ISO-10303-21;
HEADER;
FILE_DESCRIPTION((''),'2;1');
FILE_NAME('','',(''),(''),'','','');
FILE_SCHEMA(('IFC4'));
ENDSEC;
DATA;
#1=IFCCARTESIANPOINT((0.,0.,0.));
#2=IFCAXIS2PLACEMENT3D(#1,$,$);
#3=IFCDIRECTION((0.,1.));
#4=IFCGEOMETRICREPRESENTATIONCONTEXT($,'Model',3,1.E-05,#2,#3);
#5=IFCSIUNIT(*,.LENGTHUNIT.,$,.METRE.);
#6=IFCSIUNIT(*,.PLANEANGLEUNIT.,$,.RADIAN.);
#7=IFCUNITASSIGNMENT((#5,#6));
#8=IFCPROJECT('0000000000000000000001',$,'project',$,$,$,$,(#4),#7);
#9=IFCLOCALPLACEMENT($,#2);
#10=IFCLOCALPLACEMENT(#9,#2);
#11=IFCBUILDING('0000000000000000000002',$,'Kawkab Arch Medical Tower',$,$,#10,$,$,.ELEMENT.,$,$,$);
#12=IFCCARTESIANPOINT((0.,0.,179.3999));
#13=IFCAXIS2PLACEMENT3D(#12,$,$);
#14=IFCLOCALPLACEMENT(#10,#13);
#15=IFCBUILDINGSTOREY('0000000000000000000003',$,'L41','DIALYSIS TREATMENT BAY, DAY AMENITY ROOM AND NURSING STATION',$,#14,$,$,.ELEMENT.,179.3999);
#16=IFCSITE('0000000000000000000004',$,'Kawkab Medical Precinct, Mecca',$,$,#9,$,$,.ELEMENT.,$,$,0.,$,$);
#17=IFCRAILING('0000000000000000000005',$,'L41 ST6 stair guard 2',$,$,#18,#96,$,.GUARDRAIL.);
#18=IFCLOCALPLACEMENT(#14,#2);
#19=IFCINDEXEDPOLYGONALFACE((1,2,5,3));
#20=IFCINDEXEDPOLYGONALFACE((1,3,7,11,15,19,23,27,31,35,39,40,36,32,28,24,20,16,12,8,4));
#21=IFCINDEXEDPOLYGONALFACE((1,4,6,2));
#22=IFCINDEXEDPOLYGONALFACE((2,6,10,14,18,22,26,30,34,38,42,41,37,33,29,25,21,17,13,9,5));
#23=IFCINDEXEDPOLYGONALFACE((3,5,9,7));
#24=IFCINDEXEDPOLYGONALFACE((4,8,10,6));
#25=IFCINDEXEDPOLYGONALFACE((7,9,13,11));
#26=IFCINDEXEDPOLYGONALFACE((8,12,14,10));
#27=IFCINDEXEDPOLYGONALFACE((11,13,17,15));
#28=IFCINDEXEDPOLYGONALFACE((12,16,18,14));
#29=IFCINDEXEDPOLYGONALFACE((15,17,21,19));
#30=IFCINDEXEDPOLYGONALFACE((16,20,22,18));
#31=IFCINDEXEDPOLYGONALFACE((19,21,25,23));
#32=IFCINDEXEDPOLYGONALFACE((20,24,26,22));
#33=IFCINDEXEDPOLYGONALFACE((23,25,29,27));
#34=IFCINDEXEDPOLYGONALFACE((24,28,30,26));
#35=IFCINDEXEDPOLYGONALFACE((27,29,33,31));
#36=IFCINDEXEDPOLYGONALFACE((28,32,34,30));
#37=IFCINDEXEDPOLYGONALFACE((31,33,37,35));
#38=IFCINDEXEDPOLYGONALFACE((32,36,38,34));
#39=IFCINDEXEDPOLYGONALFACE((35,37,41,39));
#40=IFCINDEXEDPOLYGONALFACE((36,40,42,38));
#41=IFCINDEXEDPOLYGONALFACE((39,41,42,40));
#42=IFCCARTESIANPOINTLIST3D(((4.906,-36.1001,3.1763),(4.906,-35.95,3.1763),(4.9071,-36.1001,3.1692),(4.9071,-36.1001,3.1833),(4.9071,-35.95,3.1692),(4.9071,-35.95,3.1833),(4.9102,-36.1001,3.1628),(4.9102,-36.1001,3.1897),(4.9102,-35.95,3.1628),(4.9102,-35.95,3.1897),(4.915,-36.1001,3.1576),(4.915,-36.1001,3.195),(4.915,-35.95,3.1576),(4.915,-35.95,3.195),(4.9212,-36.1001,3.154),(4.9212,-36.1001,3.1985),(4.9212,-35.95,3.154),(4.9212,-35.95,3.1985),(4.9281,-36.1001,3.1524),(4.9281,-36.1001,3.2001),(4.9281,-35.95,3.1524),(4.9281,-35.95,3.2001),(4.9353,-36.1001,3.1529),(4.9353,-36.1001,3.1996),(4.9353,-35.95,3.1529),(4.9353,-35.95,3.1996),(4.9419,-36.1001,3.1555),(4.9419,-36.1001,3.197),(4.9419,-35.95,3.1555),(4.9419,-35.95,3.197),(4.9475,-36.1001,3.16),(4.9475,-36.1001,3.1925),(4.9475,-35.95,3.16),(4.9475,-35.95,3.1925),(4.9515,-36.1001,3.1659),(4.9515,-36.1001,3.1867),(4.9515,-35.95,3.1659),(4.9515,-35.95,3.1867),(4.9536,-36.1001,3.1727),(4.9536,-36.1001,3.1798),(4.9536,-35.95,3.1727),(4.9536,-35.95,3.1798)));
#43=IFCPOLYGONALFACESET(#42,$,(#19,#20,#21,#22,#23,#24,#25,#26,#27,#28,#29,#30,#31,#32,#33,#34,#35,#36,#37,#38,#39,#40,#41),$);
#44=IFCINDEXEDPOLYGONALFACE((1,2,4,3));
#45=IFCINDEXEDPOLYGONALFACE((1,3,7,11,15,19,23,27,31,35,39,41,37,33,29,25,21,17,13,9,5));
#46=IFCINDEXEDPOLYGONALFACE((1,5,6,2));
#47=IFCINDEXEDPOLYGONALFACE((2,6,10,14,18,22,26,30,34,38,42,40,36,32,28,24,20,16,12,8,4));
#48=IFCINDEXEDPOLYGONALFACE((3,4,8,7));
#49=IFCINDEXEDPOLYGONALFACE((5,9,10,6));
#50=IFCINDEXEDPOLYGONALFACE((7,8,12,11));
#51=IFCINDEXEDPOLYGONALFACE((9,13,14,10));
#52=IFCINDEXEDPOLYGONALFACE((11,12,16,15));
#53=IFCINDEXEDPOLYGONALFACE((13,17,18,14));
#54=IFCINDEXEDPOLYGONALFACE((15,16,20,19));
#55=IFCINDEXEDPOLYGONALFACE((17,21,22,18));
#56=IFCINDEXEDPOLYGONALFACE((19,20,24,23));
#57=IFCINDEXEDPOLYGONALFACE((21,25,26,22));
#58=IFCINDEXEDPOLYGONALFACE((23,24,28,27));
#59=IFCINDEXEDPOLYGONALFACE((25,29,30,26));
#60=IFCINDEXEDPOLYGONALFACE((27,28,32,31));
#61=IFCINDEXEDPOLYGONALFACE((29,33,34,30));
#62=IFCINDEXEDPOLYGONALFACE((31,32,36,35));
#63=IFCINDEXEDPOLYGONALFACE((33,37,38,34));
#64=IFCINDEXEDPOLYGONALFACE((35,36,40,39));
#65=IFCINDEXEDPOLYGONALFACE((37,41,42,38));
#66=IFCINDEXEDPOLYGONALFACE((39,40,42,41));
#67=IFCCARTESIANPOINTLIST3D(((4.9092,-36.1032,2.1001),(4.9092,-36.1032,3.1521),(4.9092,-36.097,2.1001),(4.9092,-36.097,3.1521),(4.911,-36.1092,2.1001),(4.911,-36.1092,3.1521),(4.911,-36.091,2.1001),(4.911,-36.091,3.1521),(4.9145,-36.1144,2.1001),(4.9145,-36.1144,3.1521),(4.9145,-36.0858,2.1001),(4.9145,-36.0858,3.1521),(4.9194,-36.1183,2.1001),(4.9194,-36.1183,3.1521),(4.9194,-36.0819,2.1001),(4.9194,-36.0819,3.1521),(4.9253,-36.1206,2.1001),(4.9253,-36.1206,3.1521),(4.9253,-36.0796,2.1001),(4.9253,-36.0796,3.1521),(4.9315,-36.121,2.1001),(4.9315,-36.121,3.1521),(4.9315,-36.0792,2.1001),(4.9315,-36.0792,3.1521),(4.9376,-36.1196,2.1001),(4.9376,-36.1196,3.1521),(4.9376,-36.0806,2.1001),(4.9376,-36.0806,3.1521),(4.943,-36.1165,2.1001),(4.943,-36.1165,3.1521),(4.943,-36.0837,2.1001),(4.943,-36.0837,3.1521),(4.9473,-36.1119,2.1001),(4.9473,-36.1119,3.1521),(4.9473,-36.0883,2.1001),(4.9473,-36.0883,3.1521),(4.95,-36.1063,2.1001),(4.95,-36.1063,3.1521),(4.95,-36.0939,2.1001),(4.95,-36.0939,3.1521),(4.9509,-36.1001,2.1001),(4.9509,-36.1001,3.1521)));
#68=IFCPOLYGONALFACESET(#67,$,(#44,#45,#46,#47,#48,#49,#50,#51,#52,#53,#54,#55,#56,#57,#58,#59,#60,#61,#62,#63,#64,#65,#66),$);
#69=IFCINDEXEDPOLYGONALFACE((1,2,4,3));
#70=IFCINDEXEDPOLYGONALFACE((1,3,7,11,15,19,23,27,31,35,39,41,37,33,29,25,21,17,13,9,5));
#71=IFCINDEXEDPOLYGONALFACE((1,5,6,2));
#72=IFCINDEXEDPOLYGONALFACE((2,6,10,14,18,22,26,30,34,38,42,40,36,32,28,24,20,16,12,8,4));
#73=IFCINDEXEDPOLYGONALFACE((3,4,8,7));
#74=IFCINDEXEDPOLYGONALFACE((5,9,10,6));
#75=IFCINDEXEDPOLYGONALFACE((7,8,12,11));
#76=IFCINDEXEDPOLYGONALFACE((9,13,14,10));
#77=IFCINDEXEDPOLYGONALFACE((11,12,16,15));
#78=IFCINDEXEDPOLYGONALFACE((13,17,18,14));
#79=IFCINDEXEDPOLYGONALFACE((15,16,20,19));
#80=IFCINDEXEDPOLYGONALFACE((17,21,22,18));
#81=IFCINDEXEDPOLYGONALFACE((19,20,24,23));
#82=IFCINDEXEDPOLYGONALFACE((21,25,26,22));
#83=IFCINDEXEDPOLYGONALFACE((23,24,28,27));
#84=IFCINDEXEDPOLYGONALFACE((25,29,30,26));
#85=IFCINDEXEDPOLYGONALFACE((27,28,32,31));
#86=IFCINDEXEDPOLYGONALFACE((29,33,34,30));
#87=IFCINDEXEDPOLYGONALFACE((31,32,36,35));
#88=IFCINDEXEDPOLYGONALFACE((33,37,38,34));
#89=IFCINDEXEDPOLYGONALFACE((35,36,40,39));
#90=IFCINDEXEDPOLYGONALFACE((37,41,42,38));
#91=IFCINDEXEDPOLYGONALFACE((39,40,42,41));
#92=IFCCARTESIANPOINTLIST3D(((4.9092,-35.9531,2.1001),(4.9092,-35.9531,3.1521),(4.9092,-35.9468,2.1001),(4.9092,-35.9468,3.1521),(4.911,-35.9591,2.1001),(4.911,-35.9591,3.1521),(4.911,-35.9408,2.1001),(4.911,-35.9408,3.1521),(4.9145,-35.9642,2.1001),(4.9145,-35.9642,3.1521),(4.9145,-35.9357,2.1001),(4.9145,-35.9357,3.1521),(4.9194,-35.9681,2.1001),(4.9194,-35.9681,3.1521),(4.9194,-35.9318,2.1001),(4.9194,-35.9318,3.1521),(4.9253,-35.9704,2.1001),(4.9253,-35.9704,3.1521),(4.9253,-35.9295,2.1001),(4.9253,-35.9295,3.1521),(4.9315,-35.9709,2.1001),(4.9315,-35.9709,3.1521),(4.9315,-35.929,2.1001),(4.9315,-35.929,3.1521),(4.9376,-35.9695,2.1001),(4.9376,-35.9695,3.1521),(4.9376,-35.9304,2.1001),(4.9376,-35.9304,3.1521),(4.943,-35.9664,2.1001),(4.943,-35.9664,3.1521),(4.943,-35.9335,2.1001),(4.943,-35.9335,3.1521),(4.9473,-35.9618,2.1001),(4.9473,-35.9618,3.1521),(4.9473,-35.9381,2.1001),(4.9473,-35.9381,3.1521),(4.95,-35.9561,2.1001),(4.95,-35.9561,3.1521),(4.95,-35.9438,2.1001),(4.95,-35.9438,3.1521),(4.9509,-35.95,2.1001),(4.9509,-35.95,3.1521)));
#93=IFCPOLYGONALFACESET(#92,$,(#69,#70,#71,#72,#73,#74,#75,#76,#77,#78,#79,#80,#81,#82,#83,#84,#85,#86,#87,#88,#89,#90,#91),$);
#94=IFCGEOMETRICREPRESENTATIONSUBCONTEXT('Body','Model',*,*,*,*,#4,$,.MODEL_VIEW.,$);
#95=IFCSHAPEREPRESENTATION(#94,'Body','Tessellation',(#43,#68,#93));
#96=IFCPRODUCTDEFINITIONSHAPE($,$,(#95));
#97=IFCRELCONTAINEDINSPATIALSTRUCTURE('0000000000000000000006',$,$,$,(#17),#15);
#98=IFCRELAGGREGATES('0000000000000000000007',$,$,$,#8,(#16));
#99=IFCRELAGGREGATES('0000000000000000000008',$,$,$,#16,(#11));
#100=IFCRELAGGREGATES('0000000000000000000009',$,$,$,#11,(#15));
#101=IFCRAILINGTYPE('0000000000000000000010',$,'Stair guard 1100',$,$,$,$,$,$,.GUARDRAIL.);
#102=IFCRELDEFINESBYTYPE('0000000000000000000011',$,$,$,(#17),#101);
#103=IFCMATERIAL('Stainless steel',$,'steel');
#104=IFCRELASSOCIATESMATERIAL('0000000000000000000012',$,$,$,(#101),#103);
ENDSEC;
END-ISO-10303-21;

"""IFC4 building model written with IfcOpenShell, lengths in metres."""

from ifc_helpers import new_model, si_unit, direction, frame, origin, origin_2d, place, context, subcontext, project, spatial, circle, extrude, material, type_object, element, save


model = new_model("IFC4")

# Units and contexts
model_context = context("Model", 3, precision=1e-05, world=origin(), true_north=direction((0.0, 1.0)))
body_context = subcontext(model_context, "Body", "Model", "MODEL_VIEW")
ifc_project = project(units=[si_unit("LENGTHUNIT", "METRE"), si_unit("PLANEANGLEUNIT", "RADIAN")], contexts=[model_context])

# Site, building, storey
site_placement = place(None, origin())
site = spatial("IfcSite", under=ifc_project, at=site_placement, Name="Kawkab Medical Precinct, Mecca", CompositionType="ELEMENT", RefElevation=0.0)
building_placement = place(site_placement, origin())
building = spatial("IfcBuilding", under=site, at=building_placement, Name="Kawkab Arch Medical Tower", CompositionType="ELEMENT")
storey_placement = place(building_placement, frame((0.0, 0.0, 179.3999)))
storey = spatial("IfcBuildingStorey", under=building, at=storey_placement, Name="L41", Description="DIALYSIS TREATMENT BAY, DAY AMENITY ROOM AND NURSING STATION", CompositionType="ELEMENT", Elevation=179.3999)

# Railing
ifc_material_1 = material(Name="Stainless steel", Category="steel")
railing_type = type_object("IfcRailingType", Name="Stair guard 1100", PredefinedType="GUARDRAIL", material=ifc_material_1)
railing_1_placement = place(storey_placement, frame((4.9299, -36.1001, 2.1001)))
element("IfcRailing", 1, at=railing_1_placement, inside=storey, type_object=railing_type, Name="L41 ST6 stair guard 2", PredefinedType="GUARDRAIL", context=body_context, shape_type="SweptSolid", body=[
    extrude(circle(Radius=0.0239, at=origin_2d()), frame((0.0, 0.0, 1.0762), z_axis=(0.0, 1.0, 0.0), x_axis=(-1.0, 0.0, 0.0)), (0.0, 0.0, 1.0), 0.1501),
    extrude(circle(Radius=0.021, at=origin_2d()), origin(), (0.0, 0.0, 1.0), 1.052),
    extrude(circle(Radius=0.021, at=origin_2d()), frame((0.0, 0.1501, 0.0)), (0.0, 0.0, 1.0), 1.052),
])

save(model, "model.ifc")
